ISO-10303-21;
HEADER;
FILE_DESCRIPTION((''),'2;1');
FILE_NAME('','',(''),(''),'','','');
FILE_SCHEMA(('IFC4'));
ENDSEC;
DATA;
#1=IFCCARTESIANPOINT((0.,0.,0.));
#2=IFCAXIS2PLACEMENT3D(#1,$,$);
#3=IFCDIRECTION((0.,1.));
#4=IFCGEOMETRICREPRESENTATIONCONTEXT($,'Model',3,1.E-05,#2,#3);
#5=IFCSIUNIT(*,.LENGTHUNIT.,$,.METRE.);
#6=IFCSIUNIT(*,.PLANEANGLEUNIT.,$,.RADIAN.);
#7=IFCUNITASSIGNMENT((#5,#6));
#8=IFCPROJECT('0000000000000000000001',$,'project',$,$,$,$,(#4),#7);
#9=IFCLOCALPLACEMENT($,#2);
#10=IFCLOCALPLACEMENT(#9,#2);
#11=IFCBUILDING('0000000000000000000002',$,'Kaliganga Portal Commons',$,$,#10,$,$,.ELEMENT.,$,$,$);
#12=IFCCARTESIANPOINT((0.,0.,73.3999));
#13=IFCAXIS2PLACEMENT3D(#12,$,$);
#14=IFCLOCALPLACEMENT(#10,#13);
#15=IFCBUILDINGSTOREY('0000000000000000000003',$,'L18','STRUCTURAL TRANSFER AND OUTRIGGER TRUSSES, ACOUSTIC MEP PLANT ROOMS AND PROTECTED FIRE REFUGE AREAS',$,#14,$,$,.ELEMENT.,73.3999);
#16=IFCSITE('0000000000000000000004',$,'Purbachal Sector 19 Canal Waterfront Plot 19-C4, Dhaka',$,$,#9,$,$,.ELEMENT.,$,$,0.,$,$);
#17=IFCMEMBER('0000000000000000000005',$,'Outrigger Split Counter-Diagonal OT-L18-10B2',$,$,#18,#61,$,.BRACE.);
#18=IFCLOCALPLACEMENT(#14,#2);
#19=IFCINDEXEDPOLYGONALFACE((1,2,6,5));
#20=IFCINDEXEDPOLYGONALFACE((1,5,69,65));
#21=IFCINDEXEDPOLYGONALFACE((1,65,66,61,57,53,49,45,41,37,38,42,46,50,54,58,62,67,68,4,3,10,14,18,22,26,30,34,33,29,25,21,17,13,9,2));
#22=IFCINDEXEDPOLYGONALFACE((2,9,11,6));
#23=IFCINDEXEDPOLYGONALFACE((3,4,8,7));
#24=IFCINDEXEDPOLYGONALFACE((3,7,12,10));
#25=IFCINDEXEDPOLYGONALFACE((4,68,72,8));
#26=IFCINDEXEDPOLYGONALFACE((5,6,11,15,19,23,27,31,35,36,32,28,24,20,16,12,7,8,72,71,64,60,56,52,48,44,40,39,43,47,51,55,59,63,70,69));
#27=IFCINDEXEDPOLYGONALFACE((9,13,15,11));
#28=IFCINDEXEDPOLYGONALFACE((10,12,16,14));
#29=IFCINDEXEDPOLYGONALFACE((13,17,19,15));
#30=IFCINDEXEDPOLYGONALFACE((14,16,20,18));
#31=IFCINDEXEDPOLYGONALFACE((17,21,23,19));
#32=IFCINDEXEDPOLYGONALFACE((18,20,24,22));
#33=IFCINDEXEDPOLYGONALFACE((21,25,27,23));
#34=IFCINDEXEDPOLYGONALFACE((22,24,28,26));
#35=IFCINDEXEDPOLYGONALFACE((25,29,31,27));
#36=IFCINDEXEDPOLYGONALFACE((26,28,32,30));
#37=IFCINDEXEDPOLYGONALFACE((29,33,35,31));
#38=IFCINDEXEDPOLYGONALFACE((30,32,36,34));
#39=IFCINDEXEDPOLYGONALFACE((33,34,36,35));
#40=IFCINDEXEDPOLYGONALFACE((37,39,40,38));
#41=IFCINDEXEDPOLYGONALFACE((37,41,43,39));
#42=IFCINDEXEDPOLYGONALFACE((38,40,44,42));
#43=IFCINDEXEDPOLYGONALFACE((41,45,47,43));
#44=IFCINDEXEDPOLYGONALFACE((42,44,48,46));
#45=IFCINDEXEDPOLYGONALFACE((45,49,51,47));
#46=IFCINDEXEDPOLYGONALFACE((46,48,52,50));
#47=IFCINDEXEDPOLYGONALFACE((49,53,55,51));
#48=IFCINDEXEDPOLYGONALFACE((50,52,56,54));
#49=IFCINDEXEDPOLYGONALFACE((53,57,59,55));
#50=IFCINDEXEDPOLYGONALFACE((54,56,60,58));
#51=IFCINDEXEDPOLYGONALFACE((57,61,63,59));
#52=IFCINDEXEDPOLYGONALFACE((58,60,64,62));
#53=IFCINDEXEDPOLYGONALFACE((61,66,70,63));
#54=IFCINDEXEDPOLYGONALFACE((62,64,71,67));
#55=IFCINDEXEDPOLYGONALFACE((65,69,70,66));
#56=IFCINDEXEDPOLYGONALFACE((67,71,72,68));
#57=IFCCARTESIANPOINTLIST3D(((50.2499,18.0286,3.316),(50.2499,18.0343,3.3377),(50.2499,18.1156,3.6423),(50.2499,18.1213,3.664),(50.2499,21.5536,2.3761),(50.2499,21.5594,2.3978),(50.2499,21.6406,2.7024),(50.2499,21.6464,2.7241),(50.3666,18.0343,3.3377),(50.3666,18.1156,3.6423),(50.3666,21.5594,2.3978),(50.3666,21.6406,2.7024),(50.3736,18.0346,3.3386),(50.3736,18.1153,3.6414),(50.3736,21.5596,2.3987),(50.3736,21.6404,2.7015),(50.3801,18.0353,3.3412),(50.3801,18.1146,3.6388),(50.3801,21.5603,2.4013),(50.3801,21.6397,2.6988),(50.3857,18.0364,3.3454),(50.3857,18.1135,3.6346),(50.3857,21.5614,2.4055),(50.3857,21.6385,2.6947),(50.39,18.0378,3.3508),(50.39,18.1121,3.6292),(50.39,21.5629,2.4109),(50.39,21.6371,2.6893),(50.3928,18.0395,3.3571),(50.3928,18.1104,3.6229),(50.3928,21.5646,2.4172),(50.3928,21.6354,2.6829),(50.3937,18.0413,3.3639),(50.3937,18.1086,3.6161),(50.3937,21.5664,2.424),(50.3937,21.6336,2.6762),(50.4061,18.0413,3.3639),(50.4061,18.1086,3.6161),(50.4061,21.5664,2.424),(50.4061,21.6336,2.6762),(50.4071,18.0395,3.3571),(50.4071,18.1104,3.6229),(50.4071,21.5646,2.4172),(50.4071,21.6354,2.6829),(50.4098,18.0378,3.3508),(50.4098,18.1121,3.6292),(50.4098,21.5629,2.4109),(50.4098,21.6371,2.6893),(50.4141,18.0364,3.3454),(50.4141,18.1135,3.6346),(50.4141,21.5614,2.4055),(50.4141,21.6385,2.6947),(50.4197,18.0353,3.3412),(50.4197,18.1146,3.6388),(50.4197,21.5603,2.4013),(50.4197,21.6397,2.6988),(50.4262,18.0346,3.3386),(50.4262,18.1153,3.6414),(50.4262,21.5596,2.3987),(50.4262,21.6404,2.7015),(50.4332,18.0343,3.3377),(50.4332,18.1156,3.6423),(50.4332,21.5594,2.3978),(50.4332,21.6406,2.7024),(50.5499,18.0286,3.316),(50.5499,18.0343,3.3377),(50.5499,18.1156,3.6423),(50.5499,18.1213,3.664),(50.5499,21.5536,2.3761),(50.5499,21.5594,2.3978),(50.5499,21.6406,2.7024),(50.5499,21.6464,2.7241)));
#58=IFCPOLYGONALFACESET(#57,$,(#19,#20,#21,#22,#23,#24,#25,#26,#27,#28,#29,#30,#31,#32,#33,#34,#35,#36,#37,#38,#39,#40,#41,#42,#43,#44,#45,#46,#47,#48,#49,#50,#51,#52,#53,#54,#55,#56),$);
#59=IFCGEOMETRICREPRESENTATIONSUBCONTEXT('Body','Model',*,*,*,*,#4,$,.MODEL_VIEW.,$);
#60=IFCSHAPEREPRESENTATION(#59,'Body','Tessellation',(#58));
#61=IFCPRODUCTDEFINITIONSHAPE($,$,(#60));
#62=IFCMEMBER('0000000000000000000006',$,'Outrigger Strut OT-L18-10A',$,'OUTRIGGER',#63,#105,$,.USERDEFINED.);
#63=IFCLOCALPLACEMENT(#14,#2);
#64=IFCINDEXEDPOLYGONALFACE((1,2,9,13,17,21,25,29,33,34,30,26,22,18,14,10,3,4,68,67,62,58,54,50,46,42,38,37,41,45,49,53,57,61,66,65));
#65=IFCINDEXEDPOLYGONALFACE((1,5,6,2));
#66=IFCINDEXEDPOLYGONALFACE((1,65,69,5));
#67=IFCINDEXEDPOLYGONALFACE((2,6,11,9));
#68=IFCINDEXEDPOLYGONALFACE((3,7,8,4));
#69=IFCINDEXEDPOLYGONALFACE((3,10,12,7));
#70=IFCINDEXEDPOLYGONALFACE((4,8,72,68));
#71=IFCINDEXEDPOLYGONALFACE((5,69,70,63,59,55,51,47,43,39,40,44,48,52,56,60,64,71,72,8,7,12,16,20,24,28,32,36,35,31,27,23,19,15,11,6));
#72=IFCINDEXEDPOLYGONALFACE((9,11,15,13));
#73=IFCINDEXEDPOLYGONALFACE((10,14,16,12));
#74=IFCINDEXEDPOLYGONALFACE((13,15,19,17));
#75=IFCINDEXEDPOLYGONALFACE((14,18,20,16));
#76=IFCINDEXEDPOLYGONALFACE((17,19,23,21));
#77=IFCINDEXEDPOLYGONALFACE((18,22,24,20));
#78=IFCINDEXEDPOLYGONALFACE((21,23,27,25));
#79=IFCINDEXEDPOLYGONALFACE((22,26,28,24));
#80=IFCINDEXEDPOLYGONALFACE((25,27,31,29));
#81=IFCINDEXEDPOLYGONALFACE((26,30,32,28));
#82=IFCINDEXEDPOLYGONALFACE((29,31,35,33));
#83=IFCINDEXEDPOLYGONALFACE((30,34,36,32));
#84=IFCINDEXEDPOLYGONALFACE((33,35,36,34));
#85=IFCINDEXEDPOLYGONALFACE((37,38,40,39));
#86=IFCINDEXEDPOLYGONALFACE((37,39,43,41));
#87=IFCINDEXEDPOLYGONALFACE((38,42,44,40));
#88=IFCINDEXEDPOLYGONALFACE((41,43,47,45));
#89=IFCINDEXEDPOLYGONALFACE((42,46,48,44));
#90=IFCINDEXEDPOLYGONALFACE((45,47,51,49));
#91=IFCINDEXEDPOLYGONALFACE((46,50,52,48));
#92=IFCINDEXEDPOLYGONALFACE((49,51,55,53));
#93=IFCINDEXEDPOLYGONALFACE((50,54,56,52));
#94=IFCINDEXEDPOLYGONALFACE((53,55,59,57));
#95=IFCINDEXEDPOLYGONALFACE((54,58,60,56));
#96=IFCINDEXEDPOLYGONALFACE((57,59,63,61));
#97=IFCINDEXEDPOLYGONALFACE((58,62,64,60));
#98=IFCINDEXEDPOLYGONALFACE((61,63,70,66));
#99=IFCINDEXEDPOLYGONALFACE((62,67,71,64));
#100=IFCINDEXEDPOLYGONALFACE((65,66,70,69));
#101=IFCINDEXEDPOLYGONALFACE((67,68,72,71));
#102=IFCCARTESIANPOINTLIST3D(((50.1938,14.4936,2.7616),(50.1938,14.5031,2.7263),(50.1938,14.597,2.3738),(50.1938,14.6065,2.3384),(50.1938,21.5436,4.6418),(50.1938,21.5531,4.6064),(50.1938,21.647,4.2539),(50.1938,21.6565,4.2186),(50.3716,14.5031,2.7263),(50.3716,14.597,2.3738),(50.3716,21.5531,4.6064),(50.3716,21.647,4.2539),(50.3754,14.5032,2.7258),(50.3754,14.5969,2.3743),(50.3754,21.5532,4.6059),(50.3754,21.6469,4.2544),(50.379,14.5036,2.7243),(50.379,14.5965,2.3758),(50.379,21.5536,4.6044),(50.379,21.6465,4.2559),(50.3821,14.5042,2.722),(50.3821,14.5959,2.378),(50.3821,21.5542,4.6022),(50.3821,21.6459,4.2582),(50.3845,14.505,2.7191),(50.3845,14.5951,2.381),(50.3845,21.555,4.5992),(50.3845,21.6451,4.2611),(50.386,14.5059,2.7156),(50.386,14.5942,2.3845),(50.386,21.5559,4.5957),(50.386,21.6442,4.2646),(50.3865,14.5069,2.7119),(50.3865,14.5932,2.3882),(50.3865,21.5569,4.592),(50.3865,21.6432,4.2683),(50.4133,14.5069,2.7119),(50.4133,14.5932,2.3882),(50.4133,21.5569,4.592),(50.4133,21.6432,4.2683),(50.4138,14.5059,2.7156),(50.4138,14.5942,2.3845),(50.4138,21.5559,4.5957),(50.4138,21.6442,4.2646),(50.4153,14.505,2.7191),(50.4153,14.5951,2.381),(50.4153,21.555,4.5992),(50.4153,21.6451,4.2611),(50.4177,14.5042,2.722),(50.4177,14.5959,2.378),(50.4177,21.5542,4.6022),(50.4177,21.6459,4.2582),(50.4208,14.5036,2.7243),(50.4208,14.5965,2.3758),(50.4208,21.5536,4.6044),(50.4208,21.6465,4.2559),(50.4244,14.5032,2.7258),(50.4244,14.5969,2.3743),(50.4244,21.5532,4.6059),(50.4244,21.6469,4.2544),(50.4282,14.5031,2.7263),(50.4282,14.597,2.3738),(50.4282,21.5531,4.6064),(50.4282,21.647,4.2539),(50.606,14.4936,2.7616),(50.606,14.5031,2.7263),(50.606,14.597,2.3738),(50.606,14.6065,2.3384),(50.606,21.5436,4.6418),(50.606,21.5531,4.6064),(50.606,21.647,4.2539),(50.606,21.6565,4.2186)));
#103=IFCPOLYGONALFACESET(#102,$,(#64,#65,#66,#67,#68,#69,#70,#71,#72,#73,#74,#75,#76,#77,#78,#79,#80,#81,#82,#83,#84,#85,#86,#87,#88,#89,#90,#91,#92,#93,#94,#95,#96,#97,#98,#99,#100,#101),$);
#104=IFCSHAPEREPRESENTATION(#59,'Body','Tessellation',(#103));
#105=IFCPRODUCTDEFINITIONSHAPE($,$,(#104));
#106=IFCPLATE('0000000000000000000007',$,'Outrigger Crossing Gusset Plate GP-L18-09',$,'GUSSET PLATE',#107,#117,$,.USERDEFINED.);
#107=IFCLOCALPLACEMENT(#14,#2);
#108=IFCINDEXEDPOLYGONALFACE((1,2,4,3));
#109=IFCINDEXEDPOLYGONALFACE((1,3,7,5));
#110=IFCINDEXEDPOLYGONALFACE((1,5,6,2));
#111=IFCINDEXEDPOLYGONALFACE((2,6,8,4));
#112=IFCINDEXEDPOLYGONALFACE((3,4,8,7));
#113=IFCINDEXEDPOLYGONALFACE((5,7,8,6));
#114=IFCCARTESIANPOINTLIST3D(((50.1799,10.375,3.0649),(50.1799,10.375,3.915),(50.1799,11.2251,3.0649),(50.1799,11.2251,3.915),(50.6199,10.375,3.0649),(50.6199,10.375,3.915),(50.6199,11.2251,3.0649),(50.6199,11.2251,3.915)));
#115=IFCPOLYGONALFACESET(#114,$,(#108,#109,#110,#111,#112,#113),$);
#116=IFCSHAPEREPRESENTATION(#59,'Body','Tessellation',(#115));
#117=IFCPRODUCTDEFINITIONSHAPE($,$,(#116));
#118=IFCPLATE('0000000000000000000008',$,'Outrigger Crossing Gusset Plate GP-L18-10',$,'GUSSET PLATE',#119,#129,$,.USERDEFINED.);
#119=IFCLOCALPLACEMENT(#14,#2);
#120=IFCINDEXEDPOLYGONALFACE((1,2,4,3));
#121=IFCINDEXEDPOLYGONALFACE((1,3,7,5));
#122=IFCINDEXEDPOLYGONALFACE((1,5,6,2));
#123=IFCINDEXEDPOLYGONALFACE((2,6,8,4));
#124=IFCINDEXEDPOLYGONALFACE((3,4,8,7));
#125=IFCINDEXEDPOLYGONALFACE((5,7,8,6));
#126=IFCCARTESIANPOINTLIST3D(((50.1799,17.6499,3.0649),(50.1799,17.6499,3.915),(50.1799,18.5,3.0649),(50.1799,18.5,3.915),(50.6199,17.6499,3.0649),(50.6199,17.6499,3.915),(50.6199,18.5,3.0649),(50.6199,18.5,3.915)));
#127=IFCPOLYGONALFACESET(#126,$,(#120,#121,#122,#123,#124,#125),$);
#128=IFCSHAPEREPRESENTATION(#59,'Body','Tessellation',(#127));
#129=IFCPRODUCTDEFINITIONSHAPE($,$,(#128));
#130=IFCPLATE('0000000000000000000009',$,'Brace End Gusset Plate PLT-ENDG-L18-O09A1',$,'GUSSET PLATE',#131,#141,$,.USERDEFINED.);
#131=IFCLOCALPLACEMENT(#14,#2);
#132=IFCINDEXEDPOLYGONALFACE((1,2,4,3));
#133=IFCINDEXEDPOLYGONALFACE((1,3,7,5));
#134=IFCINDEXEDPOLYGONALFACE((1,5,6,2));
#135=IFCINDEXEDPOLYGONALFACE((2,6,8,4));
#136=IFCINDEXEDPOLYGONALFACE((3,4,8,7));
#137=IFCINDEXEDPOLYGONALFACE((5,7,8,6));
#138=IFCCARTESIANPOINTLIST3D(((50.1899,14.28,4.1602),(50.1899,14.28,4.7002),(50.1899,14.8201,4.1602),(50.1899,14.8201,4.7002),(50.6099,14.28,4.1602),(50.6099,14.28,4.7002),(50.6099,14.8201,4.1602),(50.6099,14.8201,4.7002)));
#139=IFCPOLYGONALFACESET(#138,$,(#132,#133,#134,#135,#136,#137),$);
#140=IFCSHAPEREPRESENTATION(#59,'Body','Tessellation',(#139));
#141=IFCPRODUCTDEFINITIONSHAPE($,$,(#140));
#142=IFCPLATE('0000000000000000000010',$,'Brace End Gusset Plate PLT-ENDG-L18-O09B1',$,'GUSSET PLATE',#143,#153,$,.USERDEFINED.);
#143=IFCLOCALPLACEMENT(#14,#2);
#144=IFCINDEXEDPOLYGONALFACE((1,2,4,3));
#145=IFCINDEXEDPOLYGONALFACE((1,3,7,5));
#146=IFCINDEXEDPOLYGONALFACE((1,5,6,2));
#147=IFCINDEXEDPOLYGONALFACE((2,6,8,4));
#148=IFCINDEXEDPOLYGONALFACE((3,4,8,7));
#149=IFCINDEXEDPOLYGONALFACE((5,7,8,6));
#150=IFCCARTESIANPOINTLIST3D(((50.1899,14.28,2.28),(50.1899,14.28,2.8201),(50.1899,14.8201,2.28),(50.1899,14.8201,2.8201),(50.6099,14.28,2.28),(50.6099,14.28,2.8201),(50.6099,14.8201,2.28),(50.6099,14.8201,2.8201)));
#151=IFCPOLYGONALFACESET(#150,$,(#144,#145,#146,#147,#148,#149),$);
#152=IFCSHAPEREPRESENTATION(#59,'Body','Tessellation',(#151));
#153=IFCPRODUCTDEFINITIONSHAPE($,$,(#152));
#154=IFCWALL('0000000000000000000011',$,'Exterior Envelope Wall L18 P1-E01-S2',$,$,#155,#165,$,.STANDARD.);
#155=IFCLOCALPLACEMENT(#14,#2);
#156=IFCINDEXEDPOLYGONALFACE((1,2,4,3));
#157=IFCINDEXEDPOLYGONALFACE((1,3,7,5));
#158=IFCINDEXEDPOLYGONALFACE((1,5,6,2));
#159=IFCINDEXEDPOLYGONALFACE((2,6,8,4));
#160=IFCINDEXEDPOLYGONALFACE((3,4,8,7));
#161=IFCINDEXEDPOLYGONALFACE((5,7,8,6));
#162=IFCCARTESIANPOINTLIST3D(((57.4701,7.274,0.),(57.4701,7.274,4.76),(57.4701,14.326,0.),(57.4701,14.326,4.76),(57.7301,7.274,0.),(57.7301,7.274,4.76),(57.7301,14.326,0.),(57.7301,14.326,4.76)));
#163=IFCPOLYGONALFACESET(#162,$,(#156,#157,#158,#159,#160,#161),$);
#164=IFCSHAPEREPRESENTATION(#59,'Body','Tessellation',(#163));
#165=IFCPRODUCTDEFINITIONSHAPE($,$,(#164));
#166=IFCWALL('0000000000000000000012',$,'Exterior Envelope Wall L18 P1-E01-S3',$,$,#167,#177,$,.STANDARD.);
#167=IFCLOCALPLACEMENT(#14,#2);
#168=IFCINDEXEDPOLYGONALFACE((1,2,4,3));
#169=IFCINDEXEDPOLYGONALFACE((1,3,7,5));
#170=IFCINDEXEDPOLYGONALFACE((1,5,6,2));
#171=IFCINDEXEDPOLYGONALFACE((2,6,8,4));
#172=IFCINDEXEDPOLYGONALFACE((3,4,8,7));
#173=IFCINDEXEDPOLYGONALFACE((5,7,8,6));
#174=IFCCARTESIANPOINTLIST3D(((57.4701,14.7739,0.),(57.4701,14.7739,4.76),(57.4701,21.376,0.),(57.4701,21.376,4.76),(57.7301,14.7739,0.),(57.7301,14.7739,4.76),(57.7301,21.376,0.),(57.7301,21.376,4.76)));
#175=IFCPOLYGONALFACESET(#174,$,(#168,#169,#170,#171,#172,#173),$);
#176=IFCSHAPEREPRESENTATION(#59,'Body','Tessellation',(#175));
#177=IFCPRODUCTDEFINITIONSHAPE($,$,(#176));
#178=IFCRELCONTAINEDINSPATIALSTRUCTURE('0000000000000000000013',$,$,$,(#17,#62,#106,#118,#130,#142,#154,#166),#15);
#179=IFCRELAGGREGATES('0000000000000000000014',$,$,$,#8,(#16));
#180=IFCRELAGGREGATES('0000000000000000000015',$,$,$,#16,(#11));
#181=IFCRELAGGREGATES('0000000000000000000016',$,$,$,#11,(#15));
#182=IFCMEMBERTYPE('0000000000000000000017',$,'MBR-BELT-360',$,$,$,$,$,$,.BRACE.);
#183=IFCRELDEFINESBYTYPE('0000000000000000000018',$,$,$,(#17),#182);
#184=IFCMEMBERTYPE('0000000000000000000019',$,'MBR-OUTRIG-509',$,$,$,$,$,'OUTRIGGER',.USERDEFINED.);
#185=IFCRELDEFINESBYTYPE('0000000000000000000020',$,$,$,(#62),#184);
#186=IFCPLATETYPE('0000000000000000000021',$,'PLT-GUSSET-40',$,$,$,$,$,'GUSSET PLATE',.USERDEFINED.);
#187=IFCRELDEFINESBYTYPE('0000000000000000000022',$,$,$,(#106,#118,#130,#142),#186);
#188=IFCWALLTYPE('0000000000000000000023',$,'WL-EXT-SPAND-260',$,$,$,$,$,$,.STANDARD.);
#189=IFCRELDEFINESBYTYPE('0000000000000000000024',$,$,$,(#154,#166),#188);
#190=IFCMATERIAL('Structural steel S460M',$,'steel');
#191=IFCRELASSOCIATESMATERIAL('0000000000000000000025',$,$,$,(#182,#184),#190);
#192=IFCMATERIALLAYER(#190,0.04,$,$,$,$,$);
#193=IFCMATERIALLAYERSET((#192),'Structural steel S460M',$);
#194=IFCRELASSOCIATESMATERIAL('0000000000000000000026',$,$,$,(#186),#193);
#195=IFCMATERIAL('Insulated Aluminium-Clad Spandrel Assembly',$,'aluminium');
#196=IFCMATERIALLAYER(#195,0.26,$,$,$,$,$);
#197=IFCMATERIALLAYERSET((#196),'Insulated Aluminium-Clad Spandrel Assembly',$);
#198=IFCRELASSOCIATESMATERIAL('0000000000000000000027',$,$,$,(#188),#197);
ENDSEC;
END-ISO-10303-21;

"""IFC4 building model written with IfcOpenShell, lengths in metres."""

from ifc_helpers import new_model, si_unit, direction, frame, frame_2d, origin, origin_2d, place, context, subcontext, project, spatial, rectangle, i_section, extrude, source, transform, mapped, material, layer, layer_set, material_profile, profile_set, type_object, element, save


model = new_model("IFC4")

# Units and contexts
model_context = context("Model", 3, precision=1e-05, world=origin(), true_north=direction((0.0, 1.0)))
body_context = subcontext(model_context, "Body", "Model", "MODEL_VIEW")
ifc_project = project(units=[si_unit("LENGTHUNIT", "METRE"), si_unit("PLANEANGLEUNIT", "RADIAN")], contexts=[model_context])

# Site, building, storey
site_placement = place(None, origin())
site = spatial("IfcSite", under=ifc_project, at=site_placement, Name="Purbachal Sector 19 Canal Waterfront Plot 19-C4, Dhaka", CompositionType="ELEMENT", RefElevation=0.0)
building_placement = place(site_placement, origin())
building = spatial("IfcBuilding", under=site, at=building_placement, Name="Kaliganga Portal Commons", CompositionType="ELEMENT")
storey_placement = place(building_placement, frame((0.0, 0.0, 73.3999)))
storey = spatial("IfcBuildingStorey", under=building, at=storey_placement, Name="L18", Description="STRUCTURAL TRANSFER AND OUTRIGGER TRUSSES, ACOUSTIC MEP PLANT ROOMS AND PROTECTED FIRE REFUGE AREAS", CompositionType="ELEMENT", Elevation=73.3999)

# Shared definitions
ifc_material_1 = material(Name="Structural steel S460M", Category="steel")

# Members
ifc_material_profile_1 = material_profile(ifc_material_1, i_section(OverallWidth=0.3, OverallDepth=0.3601, WebThickness=0.0125, FlangeThickness=0.0225, FilletRadius=0.0271, at=origin_2d()), Name="HE 360 B")
ifc_profile_set_1 = profile_set([ifc_material_profile_1], Name="Structural steel S460M wide-flange")
member_type_1 = type_object("IfcMemberType", Name="MBR-BELT-360", PredefinedType="BRACE", material=ifc_profile_set_1)
shared_shape_1 = source(origin(), body_context, "Body", "SweptSolid", [
    extrude(i_section(OverallWidth=0.3, OverallDepth=0.3601, WebThickness=0.0125, FlangeThickness=0.0225, FilletRadius=0.0271, at=origin_2d()), origin(), (0.0, 0.0, 1.0), 3.6482),
])
for number, where, z_axis, x_axis, name in (
    (1, (50.3999, 18.075, 3.49), (0.0, 0.966242, -0.257638), (-1.0, 0.0, 0.0), "Outrigger Split Counter-Diagonal OT-L18-10B2"),
):
    element("IfcMember", number, at=place(storey_placement, frame(where, z_axis=z_axis, x_axis=x_axis)), inside=storey, type_object=member_type_1, Name=name, PredefinedType="BRACE", context=body_context, shape_type="MappedRepresentation", body=[
        mapped(shared_shape_1, transform((0.0, 0.0, 0.0), x_axis=(1.0, 0.0, 0.0), y_axis=(0.0, 1.0, 0.0), z_axis=(0.0, 0.0, 1.0), scale=1.0)),
    ])
ifc_material_profile_2 = material_profile(ifc_material_1, i_section(OverallWidth=0.4121, OverallDepth=0.438, WebThickness=0.0269, FlangeThickness=0.0366, FilletRadius=0.0149, at=origin_2d()), Name="HD 400x463")
ifc_profile_set_2 = profile_set([ifc_material_profile_2], Name="Structural steel S460M wide-flange")
member_type_2 = type_object("IfcMemberType", Name="MBR-OUTRIG-509", ElementType="OUTRIGGER", PredefinedType="USERDEFINED", material=ifc_profile_set_2)
shared_shape_2 = source(origin(), body_context, "Body", "SweptSolid", [
    extrude(i_section(OverallWidth=0.4121, OverallDepth=0.438, WebThickness=0.0269, FlangeThickness=0.0366, FilletRadius=0.0149, at=origin_2d()), origin(), (0.0, 0.0, 1.0), 7.2964),
])
member_placement = place(storey_placement, frame((50.3999, 14.55, 2.55), z_axis=(0.0, 0.966231, 0.257677), x_axis=(-1.0, 0.0, 0.0)))
element("IfcMember", 2, at=member_placement, inside=storey, type_object=member_type_2, Name="Outrigger Strut OT-L18-10A", ObjectType="OUTRIGGER", PredefinedType="USERDEFINED", context=body_context, shape_type="MappedRepresentation", body=[
    mapped(shared_shape_2, transform((0.0, 0.0, 0.0), x_axis=(1.0, 0.0, 0.0), y_axis=(0.0, 1.0, 0.0), z_axis=(0.0, 0.0, 1.0), scale=1.0)),
])

# Plates
ifc_layer_1 = layer(ifc_material_1, 0.04)
ifc_layer_set_1 = layer_set([ifc_layer_1], Name="Structural steel S460M")
plate_type = type_object("IfcPlateType", Name="PLT-GUSSET-40", ElementType="GUSSET PLATE", PredefinedType="USERDEFINED", material=ifc_layer_set_1)
shared_shape_3 = source(origin(), body_context, "Body", "SweptSolid", [
    extrude(rectangle(XDim=0.8501, YDim=0.4399, at=origin_2d()), origin(), (0.0, 0.0, 1.0), 0.8501),
])
for number, where, z_axis, x_axis, name in (
    (3, (50.3999, 10.8, 3.0649), (0.0, 0.0, 1.0), (0.0, 1.0, 0.0), "Outrigger Crossing Gusset Plate GP-L18-09"),
    (4, (50.3999, 18.075, 3.0649), (0.0, 0.0, 1.0), (0.0, 1.0, 0.0), "Outrigger Crossing Gusset Plate GP-L18-10"),
):
    element("IfcPlate", number, at=place(storey_placement, frame(where, z_axis=z_axis, x_axis=x_axis)), inside=storey, type_object=plate_type, Name=name, ObjectType="GUSSET PLATE", PredefinedType="USERDEFINED", context=body_context, shape_type="MappedRepresentation", body=[
        mapped(shared_shape_3, transform((0.0, 0.0, 0.0), x_axis=(1.0, 0.0, 0.0), y_axis=(0.0, 1.0, 0.0), z_axis=(0.0, 0.0, 1.0), scale=1.0)),
    ])
shared_shape_4 = source(origin(), body_context, "Body", "SweptSolid", [
    extrude(rectangle(XDim=0.54, YDim=0.4199, at=origin_2d()), origin(), (0.0, 0.0, 1.0), 0.54),
])
for number, where, z_axis, x_axis, name in (
    (5, (50.3999, 14.55, 4.1602), (0.0, 0.0, 1.0), (0.0, 1.0, 0.0), "Brace End Gusset Plate PLT-ENDG-L18-O09A1"),
    (6, (50.3999, 14.55, 2.28), (0.0, 0.0, 1.0), (0.0, 1.0, 0.0), "Brace End Gusset Plate PLT-ENDG-L18-O09B1"),
):
    element("IfcPlate", number, at=place(storey_placement, frame(where, z_axis=z_axis, x_axis=x_axis)), inside=storey, type_object=plate_type, Name=name, ObjectType="GUSSET PLATE", PredefinedType="USERDEFINED", context=body_context, shape_type="MappedRepresentation", body=[
        mapped(shared_shape_4, transform((0.0, 0.0, 0.0), x_axis=(1.0, 0.0, 0.0), y_axis=(0.0, 1.0, 0.0), z_axis=(0.0, 0.0, 1.0), scale=1.0)),
    ])

# Walls
ifc_material_2 = material(Name="Insulated Aluminium-Clad Spandrel Assembly", Category="aluminium")
ifc_layer_2 = layer(ifc_material_2, 0.26)
ifc_layer_set_2 = layer_set([ifc_layer_2], Name="Insulated Aluminium-Clad Spandrel Assembly")
wall_type_1 = type_object("IfcWallType", Name="WL-EXT-SPAND-260", PredefinedType="STANDARD", material=ifc_layer_set_2)
wall_1_placement = place(storey_placement, frame((57.6001, 14.3259, 0.0), z_axis=(0.0, 0.0, 1.0), x_axis=(0.0, -1.0, 0.0)))
element("IfcWall", 7, at=wall_1_placement, inside=storey, type_object=wall_type_1, Name="Exterior Envelope Wall L18 P1-E01-S2", PredefinedType="STANDARD", context=body_context, shape_type="SweptSolid", body=[
    extrude(rectangle(XDim=7.052, YDim=0.26, at=frame_2d((3.5259, 0.0))), origin(), (0.0, 0.0, 1.0), 4.76),
])
wall_2_placement = place(storey_placement, frame((57.6001, 21.376, 0.0), z_axis=(0.0, 0.0, 1.0), x_axis=(0.0, -1.0, 0.0)))
element("IfcWall", 8, at=wall_2_placement, inside=storey, type_object=wall_type_1, Name="Exterior Envelope Wall L18 P1-E01-S3", PredefinedType="STANDARD", context=body_context, shape_type="SweptSolid", body=[
    extrude(rectangle(XDim=6.6021, YDim=0.26, at=frame_2d((3.301, 0.0))), origin(), (0.0, 0.0, 1.0), 4.76),
])

save(model, "model.ifc")
